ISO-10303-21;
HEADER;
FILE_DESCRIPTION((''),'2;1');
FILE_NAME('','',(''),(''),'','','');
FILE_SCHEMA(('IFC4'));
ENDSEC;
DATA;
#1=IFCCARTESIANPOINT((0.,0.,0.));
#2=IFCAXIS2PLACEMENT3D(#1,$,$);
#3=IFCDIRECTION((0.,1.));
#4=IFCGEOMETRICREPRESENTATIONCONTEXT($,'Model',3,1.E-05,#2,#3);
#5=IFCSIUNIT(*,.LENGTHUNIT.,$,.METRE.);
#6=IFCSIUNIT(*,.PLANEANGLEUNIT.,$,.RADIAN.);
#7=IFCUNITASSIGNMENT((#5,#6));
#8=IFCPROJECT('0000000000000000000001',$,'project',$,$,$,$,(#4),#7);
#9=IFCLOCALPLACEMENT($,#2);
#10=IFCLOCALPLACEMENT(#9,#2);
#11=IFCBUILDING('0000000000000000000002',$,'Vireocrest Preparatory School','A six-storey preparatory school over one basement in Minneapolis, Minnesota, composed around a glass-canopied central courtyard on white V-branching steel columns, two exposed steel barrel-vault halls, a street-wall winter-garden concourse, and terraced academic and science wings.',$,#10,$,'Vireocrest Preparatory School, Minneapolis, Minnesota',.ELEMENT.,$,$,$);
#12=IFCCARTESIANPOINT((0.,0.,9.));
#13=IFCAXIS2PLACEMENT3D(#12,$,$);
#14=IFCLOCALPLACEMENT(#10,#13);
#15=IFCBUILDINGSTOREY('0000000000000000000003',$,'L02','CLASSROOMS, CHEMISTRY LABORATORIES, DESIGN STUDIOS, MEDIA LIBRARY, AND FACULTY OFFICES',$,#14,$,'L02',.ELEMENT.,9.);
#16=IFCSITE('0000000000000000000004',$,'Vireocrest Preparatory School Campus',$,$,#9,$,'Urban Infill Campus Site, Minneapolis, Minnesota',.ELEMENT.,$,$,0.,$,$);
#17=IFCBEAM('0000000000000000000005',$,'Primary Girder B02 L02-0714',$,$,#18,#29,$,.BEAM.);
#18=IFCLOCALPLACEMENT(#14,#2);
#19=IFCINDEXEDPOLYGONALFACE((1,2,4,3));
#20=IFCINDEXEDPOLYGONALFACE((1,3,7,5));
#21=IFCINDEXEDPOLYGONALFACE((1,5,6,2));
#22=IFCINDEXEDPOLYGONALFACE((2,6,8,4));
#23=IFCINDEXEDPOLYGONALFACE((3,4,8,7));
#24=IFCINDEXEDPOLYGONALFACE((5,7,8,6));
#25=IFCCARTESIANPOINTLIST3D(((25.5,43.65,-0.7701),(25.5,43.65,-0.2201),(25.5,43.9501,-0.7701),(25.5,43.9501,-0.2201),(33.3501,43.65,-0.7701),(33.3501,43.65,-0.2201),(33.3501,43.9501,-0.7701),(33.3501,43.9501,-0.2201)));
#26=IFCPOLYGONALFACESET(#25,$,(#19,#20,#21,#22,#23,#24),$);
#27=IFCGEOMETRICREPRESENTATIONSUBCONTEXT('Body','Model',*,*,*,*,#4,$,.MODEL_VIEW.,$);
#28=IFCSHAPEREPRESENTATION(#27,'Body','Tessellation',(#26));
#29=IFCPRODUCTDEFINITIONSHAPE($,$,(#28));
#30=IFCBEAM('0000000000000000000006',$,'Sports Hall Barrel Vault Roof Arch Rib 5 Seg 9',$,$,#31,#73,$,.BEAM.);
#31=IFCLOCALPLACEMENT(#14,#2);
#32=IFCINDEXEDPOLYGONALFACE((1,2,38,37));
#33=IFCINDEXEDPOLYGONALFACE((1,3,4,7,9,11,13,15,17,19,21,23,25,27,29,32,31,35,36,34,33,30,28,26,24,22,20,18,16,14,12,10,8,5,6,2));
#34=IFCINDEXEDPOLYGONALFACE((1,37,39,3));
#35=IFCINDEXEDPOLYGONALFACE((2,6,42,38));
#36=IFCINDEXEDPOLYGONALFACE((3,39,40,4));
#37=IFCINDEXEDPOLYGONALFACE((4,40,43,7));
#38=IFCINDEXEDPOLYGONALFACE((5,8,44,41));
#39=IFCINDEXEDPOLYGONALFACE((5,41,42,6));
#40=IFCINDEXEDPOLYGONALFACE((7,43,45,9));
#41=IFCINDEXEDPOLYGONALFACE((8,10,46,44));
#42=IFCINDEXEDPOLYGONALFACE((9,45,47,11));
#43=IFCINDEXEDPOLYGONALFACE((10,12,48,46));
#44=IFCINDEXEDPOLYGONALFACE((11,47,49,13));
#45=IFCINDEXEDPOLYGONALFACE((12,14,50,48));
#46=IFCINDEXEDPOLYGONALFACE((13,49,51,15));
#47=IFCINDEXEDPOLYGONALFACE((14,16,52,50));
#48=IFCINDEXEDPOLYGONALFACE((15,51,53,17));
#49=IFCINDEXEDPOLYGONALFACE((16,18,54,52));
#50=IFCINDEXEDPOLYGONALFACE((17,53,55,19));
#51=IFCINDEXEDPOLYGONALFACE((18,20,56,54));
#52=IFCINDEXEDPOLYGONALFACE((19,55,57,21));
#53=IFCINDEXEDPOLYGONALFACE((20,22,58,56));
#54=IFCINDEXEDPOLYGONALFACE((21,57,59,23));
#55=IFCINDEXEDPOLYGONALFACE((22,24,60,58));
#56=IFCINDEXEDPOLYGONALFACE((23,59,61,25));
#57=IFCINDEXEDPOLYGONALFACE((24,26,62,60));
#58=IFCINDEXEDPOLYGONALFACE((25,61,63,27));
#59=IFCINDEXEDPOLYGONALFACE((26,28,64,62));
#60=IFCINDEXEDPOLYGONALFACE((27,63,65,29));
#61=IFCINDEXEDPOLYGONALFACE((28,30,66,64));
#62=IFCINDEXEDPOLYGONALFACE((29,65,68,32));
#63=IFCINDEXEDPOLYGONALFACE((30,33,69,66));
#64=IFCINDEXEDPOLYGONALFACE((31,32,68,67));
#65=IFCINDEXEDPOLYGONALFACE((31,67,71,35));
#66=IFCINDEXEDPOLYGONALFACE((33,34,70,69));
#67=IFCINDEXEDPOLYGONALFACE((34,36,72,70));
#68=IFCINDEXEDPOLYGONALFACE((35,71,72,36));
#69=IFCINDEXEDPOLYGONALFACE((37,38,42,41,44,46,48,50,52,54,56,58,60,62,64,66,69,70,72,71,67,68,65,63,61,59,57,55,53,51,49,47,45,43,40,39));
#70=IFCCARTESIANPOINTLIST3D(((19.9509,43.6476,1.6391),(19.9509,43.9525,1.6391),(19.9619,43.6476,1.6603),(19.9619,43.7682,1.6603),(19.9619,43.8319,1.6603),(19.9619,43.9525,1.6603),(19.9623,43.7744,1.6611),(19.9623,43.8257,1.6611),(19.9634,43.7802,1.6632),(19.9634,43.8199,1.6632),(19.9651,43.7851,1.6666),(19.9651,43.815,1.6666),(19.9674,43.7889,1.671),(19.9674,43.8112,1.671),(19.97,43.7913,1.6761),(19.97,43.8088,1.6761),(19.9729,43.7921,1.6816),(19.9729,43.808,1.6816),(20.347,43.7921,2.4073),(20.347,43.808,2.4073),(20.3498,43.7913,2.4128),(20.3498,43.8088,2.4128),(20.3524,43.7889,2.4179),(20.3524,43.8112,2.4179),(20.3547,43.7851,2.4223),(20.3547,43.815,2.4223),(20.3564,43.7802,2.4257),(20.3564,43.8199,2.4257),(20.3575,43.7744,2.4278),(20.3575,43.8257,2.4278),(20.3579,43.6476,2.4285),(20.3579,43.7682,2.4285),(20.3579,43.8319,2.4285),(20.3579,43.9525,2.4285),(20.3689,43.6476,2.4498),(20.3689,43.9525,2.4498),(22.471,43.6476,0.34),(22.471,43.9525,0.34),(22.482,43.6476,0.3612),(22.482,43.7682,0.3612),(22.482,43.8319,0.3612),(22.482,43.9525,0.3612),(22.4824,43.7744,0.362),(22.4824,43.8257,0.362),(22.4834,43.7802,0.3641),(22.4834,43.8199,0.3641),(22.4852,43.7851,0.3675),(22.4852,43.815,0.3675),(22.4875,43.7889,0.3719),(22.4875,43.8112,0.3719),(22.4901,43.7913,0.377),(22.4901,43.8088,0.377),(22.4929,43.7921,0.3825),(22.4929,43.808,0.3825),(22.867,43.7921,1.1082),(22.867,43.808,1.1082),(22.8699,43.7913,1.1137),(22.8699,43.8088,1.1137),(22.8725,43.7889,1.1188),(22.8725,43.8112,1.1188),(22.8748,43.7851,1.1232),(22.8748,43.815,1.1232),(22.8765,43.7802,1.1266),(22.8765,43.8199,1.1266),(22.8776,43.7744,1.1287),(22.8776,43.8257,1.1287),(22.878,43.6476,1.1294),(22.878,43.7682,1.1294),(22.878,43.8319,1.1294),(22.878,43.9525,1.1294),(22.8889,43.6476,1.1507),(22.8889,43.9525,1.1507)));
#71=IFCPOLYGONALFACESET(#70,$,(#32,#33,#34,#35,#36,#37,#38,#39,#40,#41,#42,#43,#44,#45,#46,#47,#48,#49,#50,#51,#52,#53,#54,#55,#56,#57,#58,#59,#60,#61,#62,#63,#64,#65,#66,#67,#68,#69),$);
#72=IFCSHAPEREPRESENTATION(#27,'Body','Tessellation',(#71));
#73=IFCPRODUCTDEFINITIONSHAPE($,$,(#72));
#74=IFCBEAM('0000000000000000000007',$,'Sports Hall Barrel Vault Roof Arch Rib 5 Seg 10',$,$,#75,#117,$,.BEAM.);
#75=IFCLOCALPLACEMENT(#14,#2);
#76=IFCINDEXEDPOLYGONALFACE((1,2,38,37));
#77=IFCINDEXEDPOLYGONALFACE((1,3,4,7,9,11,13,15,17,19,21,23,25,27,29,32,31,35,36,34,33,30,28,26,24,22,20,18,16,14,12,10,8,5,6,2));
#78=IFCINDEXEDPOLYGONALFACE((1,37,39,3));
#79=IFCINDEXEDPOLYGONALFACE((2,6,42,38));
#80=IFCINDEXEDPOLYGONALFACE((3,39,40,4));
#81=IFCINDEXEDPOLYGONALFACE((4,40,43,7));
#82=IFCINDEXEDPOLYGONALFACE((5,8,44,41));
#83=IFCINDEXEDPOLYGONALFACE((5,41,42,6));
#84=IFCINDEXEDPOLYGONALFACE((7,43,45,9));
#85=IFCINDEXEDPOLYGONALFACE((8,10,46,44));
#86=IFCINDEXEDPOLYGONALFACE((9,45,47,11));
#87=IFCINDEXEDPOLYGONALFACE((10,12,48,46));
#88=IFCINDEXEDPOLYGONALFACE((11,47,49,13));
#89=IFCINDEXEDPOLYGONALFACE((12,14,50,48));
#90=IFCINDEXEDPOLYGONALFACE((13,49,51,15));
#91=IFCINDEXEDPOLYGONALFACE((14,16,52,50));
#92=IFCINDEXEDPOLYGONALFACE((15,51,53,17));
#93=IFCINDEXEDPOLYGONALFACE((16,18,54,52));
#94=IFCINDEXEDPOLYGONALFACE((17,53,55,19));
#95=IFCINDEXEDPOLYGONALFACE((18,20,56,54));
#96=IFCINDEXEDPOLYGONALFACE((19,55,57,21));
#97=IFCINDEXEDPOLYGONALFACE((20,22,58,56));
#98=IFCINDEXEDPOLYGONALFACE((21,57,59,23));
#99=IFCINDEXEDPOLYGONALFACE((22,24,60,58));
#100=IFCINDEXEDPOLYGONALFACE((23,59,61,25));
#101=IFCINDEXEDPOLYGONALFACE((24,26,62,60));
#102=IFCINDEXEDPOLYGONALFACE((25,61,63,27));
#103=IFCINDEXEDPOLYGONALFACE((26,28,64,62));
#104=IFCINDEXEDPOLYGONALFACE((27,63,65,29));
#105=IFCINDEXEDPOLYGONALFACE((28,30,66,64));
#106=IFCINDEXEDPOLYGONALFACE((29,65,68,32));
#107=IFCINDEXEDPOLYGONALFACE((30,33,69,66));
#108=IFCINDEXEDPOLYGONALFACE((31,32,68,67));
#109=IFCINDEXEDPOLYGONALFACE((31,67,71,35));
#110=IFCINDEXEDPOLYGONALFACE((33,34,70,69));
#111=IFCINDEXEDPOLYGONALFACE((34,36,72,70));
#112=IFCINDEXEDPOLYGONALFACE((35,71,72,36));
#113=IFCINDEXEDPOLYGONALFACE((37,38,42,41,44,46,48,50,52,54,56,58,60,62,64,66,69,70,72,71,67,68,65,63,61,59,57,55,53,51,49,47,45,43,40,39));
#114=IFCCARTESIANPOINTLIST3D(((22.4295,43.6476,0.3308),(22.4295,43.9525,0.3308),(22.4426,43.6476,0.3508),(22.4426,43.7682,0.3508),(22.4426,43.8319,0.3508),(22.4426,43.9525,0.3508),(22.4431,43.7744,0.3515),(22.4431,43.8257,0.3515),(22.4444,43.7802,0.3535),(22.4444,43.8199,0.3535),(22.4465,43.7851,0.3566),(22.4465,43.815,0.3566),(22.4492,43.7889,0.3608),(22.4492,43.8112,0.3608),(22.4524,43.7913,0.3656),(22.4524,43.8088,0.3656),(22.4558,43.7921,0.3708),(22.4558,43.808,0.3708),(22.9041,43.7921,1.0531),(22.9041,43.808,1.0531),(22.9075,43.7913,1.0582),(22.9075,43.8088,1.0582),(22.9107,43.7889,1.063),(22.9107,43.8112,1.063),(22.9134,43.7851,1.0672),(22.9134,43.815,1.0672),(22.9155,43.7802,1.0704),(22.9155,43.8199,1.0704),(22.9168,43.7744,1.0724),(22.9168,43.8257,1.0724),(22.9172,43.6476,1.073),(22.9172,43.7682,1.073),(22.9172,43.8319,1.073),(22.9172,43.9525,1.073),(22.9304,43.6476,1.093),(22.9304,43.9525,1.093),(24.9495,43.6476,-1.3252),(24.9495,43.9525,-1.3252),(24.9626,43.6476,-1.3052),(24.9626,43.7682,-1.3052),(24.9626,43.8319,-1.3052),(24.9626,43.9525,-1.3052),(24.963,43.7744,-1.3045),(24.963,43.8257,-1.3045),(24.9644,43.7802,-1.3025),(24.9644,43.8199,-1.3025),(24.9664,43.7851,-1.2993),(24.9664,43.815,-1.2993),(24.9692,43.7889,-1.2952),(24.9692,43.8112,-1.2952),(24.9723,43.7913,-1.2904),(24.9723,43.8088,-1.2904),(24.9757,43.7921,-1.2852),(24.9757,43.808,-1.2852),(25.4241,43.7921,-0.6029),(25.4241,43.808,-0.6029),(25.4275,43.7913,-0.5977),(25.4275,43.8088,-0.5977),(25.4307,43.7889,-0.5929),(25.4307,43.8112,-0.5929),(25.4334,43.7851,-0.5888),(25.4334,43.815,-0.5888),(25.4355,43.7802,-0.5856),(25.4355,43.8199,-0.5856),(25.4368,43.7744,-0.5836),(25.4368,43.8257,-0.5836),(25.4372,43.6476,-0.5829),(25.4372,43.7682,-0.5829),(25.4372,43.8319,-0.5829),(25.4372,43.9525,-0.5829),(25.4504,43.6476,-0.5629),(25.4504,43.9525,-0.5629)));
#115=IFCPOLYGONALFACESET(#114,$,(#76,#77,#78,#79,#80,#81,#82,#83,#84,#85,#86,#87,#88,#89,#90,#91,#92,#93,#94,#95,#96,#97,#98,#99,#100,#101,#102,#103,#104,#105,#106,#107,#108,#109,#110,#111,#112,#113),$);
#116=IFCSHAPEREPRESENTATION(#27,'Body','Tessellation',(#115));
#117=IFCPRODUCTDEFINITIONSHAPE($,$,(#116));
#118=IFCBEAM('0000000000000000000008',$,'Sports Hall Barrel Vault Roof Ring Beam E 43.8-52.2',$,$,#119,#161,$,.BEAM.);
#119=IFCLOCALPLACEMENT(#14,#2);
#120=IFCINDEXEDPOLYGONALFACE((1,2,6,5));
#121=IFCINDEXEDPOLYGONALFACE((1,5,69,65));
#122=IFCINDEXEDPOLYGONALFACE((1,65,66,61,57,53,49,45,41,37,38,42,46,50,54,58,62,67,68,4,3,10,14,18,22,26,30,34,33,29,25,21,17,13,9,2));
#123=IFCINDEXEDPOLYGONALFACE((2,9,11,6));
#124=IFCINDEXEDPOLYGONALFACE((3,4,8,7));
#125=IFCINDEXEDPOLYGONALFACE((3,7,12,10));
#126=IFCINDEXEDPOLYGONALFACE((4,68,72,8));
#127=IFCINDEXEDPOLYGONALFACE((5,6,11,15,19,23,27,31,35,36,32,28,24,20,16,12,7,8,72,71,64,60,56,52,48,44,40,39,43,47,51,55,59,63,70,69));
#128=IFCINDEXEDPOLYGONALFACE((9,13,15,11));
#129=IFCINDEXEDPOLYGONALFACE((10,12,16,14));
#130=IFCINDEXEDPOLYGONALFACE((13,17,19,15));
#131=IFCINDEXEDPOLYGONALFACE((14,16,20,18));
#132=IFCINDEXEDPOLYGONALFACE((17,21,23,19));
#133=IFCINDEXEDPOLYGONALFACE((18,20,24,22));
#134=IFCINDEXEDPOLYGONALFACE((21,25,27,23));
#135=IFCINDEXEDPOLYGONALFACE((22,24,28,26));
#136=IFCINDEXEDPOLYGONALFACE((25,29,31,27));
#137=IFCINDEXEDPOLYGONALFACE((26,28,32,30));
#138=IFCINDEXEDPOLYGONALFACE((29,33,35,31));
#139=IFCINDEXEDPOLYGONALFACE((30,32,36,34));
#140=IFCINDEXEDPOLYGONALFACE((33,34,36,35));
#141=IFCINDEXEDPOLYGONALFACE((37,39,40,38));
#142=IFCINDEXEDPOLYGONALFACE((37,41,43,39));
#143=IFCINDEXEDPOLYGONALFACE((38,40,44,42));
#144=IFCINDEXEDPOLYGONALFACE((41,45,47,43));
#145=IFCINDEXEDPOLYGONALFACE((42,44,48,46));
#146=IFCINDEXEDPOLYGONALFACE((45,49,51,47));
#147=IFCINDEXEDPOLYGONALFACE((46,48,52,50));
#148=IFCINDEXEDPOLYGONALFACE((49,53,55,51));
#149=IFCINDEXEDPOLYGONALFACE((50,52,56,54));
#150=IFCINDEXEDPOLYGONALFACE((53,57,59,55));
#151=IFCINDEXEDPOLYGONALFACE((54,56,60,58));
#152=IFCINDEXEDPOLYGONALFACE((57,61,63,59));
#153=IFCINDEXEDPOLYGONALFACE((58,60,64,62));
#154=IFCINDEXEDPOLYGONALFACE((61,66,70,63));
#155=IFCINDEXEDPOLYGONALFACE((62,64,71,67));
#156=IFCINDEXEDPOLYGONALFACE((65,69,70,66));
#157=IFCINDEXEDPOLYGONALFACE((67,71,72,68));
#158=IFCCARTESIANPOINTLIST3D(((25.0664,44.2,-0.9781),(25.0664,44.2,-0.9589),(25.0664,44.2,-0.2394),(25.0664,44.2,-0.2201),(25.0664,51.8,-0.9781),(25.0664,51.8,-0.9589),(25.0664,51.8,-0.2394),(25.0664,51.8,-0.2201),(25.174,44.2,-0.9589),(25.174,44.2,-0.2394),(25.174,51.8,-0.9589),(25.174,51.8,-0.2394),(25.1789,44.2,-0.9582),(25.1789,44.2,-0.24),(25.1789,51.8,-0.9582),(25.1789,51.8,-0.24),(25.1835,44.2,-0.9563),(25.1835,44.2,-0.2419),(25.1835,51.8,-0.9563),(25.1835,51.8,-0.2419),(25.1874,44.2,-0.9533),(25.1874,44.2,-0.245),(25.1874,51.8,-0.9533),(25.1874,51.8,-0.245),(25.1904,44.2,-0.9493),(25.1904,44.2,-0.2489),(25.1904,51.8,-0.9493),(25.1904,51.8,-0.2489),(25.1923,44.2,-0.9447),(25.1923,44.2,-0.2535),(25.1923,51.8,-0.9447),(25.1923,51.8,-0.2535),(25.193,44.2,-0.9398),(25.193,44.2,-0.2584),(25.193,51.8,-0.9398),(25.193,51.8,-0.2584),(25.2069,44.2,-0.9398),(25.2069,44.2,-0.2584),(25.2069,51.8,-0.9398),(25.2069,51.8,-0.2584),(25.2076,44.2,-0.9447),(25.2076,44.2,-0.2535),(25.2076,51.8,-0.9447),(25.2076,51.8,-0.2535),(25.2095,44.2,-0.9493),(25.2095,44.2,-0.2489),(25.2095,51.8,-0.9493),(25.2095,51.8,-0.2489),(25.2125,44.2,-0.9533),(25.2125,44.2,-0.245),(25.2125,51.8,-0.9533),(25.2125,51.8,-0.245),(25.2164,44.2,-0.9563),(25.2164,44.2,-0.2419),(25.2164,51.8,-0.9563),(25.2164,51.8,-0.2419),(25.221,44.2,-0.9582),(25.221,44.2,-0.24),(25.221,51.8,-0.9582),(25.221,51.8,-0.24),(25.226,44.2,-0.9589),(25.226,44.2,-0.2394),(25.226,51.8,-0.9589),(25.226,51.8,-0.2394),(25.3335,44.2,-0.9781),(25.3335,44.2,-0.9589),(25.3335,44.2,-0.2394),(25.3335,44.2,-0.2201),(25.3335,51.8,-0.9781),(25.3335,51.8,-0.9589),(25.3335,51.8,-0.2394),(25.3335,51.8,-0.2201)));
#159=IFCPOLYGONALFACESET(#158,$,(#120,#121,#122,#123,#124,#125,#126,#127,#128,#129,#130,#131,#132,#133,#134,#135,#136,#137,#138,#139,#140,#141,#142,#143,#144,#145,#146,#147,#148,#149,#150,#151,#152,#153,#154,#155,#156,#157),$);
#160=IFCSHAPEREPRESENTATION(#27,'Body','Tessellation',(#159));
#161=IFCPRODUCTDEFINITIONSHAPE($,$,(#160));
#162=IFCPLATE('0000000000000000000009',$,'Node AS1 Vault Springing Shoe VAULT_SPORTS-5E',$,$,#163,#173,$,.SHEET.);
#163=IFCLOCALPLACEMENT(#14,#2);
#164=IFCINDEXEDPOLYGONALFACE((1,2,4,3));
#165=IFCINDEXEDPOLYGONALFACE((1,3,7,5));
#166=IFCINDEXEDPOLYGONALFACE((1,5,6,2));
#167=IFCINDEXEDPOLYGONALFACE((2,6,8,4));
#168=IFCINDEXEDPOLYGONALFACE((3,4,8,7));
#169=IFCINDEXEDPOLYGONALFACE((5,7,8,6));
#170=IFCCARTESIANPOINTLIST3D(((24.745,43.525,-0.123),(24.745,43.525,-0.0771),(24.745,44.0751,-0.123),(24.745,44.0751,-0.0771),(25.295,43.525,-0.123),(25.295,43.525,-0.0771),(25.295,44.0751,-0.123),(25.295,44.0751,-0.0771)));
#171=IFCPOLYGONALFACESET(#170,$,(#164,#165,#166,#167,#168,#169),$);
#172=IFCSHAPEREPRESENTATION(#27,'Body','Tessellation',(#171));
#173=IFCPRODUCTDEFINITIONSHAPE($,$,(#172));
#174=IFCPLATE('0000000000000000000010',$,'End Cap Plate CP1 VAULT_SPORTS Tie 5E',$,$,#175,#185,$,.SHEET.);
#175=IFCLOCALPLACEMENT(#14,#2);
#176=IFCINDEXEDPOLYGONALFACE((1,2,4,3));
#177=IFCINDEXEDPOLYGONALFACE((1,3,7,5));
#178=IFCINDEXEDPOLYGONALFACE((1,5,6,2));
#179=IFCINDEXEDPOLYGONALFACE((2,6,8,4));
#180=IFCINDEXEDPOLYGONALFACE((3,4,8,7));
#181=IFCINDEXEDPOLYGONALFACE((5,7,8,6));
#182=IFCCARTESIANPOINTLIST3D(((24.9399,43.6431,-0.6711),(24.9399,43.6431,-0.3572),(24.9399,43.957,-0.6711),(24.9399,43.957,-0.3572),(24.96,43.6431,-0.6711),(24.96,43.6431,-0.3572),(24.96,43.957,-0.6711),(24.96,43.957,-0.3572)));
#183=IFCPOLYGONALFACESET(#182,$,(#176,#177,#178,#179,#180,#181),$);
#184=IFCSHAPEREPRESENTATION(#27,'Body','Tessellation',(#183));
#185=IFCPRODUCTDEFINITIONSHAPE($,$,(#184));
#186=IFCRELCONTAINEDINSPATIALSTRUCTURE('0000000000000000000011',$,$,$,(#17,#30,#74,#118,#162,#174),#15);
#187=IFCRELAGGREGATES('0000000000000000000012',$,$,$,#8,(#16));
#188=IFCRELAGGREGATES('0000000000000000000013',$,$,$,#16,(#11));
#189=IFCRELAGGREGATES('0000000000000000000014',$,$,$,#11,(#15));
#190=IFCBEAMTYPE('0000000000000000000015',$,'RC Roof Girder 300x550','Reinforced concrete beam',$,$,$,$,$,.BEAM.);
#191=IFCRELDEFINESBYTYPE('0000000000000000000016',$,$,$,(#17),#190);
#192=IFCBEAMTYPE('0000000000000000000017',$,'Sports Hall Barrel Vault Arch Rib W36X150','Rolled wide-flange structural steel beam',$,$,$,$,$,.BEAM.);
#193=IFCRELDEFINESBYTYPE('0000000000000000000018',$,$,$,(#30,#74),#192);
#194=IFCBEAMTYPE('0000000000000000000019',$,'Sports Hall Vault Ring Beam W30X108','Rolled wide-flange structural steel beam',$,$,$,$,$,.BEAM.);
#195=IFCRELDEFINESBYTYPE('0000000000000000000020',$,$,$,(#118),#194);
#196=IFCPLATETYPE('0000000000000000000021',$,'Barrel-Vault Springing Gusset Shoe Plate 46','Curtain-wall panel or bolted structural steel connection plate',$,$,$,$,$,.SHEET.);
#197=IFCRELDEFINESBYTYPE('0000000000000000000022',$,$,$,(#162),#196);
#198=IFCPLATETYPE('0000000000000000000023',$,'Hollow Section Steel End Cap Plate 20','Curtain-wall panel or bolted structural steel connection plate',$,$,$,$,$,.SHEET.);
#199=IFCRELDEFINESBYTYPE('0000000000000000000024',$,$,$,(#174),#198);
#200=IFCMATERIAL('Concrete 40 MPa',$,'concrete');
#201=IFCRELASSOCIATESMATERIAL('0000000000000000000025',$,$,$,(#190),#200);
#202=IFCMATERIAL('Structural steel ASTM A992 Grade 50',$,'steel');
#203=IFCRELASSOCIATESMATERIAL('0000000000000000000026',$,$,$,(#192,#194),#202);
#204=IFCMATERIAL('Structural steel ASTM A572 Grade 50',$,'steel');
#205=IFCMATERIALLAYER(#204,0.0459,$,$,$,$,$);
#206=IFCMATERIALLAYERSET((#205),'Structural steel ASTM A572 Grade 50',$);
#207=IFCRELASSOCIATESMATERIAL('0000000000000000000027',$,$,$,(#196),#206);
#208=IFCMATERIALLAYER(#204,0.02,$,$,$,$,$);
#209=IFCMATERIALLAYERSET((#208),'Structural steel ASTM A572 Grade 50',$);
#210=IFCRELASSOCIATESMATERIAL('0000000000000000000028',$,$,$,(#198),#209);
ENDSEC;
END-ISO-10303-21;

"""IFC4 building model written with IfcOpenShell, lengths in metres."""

from ifc_helpers import new_model, si_unit, direction, frame, origin, origin_2d, place, context, subcontext, project, spatial, rectangle, i_section, extrude, material, layer, layer_set, material_profile, profile_set, type_object, element, save


model = new_model("IFC4")

# Units and contexts
model_context = context("Model", 3, precision=1e-05, world=origin(), true_north=direction((0.0, 1.0)))
body_context = subcontext(model_context, "Body", "Model", "MODEL_VIEW")
ifc_project = project(units=[si_unit("LENGTHUNIT", "METRE"), si_unit("PLANEANGLEUNIT", "RADIAN")], contexts=[model_context])

# Site, building, storey
site_placement = place(None, origin())
site = spatial("IfcSite", under=ifc_project, at=site_placement, Name="Vireocrest Preparatory School Campus", LongName="Urban Infill Campus Site, Minneapolis, Minnesota", CompositionType="ELEMENT", RefElevation=0.0)
building_placement = place(site_placement, origin())
building = spatial("IfcBuilding", under=site, at=building_placement, Name="Vireocrest Preparatory School", Description="A six-storey preparatory school over one basement in Minneapolis, Minnesota, composed around a glass-canopied central courtyard on white V-branching steel columns, two exposed steel barrel-vault halls, a street-wall winter-garden concourse, and terraced academic and science wings.", LongName="Vireocrest Preparatory School, Minneapolis, Minnesota", CompositionType="ELEMENT")
storey_placement = place(building_placement, frame((0.0, 0.0, 9.0)))
storey = spatial("IfcBuildingStorey", under=building, at=storey_placement, Name="L02", Description="CLASSROOMS, CHEMISTRY LABORATORIES, DESIGN STUDIOS, MEDIA LIBRARY, AND FACULTY OFFICES", LongName="L02", CompositionType="ELEMENT", Elevation=9.0)

# Beams
ifc_material_1 = material(Name="Structural steel ASTM A992 Grade 50", Category="steel")
ifc_material_2 = material(Name="Concrete 40 MPa", Category="concrete")
ifc_material_profile_1 = material_profile(ifc_material_2, rectangle(XDim=0.3, YDim=0.55, at=origin_2d()), Name="RC 300x550")
ifc_profile_set_1 = profile_set([ifc_material_profile_1], Name="Concrete 40 MPa")
beam_type_1 = type_object("IfcBeamType", Name="RC Roof Girder 300x550", Description="Reinforced concrete beam", PredefinedType="BEAM", material=ifc_profile_set_1)
beam_1_placement = place(storey_placement, frame((25.5, 43.8, -0.4951), z_axis=(1.0, 0.0, 0.0), x_axis=(0.0, 1.0, 0.0)))
element("IfcBeam", 1, at=beam_1_placement, inside=storey, type_object=beam_type_1, Name="Primary Girder B02 L02-0714", PredefinedType="BEAM", context=body_context, shape_type="SweptSolid", body=[
    extrude(rectangle(XDim=0.3, YDim=0.55, at=origin_2d()), origin(), (0.0, 0.0, 1.0), 7.8501),
])
ifc_material_profile_2 = material_profile(ifc_material_1, i_section(OverallWidth=0.3049, OverallDepth=0.9121, WebThickness=0.0159, FlangeThickness=0.0239, FilletRadius=0.0239, at=origin_2d()), Name="W36X150")
ifc_profile_set_2 = profile_set([ifc_material_profile_2], Name="Structural steel ASTM A992 Grade 50")
beam_type_2 = type_object("IfcBeamType", Name="Sports Hall Barrel Vault Arch Rib W36X150", Description="Rolled wide-flange structural steel beam", PredefinedType="BEAM", material=ifc_profile_set_2)
beam_2_placement = place(storey_placement, frame((20.1599, 43.8, 2.0444), z_axis=(0.888848, 0.0, -0.458202), x_axis=(0.0, 1.0, 0.0)))
element("IfcBeam", 2, at=beam_2_placement, inside=storey, type_object=beam_type_2, Name="Sports Hall Barrel Vault Roof Arch Rib 5 Seg 9", PredefinedType="BEAM", context=body_context, shape_type="SweptSolid", body=[
    extrude(i_section(OverallWidth=0.3049, OverallDepth=0.9121, WebThickness=0.0159, FlangeThickness=0.0239, FilletRadius=0.0239, at=origin_2d()), origin(), (0.0, 0.0, 1.0), 2.8352),
])
beam_3_placement = place(storey_placement, frame((22.6799, 43.8, 0.7119), z_axis=(0.835707, 0.0, -0.549176), x_axis=(0.0, 1.0, 0.0)))
element("IfcBeam", 3, at=beam_3_placement, inside=storey, type_object=beam_type_2, Name="Sports Hall Barrel Vault Roof Arch Rib 5 Seg 10", PredefinedType="BEAM", context=body_context, shape_type="SweptSolid", body=[
    extrude(i_section(OverallWidth=0.3049, OverallDepth=0.9121, WebThickness=0.0159, FlangeThickness=0.0239, FilletRadius=0.0239, at=origin_2d()), origin(), (0.0, 0.0, 1.0), 3.0154),
])
ifc_material_profile_3 = material_profile(ifc_material_1, i_section(OverallWidth=0.2671, OverallDepth=0.7581, WebThickness=0.0139, FlangeThickness=0.0193, FilletRadius=0.019, at=origin_2d()), Name="W30X108")
ifc_profile_set_3 = profile_set([ifc_material_profile_3], Name="Structural steel ASTM A992 Grade 50")
beam_type_3 = type_object("IfcBeamType", Name="Sports Hall Vault Ring Beam W30X108", Description="Rolled wide-flange structural steel beam", PredefinedType="BEAM", material=ifc_profile_set_3)
beam_4_placement = place(storey_placement, frame((25.2, 44.2, -0.5991), z_axis=(0.0, 1.0, 0.0), x_axis=(-1.0, 0.0, 0.0)))
element("IfcBeam", 4, at=beam_4_placement, inside=storey, type_object=beam_type_3, Name="Sports Hall Barrel Vault Roof Ring Beam E 43.8-52.2", PredefinedType="BEAM", context=body_context, shape_type="SweptSolid", body=[
    extrude(i_section(OverallWidth=0.2671, OverallDepth=0.7581, WebThickness=0.0139, FlangeThickness=0.0193, FilletRadius=0.019, at=origin_2d()), origin(), (0.0, 0.0, 1.0), 7.6001),
])

# Plates
ifc_material_3 = material(Name="Structural steel ASTM A572 Grade 50", Category="steel")
ifc_layer_1 = layer(ifc_material_3, 0.0459)
ifc_layer_set_1 = layer_set([ifc_layer_1], Name="Structural steel ASTM A572 Grade 50")
plate_type_1 = type_object("IfcPlateType", Name="Barrel-Vault Springing Gusset Shoe Plate 46", Description="Curtain-wall panel or bolted structural steel connection plate", PredefinedType="SHEET", material=ifc_layer_set_1)
plate_1_placement = place(storey_placement, frame((25.02, 43.8, -0.123), z_axis=(0.0, 0.0, 1.0), x_axis=(1.0, 0.0, 0.0)))
element("IfcPlate", 5, at=plate_1_placement, inside=storey, type_object=plate_type_1, Name="Node AS1 Vault Springing Shoe VAULT_SPORTS-5E", PredefinedType="SHEET", context=body_context, shape_type="SweptSolid", body=[
    extrude(rectangle(XDim=0.55, YDim=0.55, at=origin_2d()), origin(), (0.0, 0.0, 1.0), 0.0459),
])
ifc_layer_2 = layer(ifc_material_3, 0.02)
ifc_layer_set_2 = layer_set([ifc_layer_2], Name="Structural steel ASTM A572 Grade 50")
plate_type_2 = type_object("IfcPlateType", Name="Hollow Section Steel End Cap Plate 20", Description="Curtain-wall panel or bolted structural steel connection plate", PredefinedType="SHEET", material=ifc_layer_set_2)
plate_2_placement = place(storey_placement, frame((24.95, 43.8, -0.6711), z_axis=(0.0, 0.0, 1.0), x_axis=(1.0, 0.0, 0.0)))
element("IfcPlate", 6, at=plate_2_placement, inside=storey, type_object=plate_type_2, Name="End Cap Plate CP1 VAULT_SPORTS Tie 5E", PredefinedType="SHEET", context=body_context, shape_type="SweptSolid", body=[
    extrude(rectangle(XDim=0.02, YDim=0.314, at=origin_2d()), origin(), (0.0, 0.0, 1.0), 0.314),
])

save(model, "model.ifc")
